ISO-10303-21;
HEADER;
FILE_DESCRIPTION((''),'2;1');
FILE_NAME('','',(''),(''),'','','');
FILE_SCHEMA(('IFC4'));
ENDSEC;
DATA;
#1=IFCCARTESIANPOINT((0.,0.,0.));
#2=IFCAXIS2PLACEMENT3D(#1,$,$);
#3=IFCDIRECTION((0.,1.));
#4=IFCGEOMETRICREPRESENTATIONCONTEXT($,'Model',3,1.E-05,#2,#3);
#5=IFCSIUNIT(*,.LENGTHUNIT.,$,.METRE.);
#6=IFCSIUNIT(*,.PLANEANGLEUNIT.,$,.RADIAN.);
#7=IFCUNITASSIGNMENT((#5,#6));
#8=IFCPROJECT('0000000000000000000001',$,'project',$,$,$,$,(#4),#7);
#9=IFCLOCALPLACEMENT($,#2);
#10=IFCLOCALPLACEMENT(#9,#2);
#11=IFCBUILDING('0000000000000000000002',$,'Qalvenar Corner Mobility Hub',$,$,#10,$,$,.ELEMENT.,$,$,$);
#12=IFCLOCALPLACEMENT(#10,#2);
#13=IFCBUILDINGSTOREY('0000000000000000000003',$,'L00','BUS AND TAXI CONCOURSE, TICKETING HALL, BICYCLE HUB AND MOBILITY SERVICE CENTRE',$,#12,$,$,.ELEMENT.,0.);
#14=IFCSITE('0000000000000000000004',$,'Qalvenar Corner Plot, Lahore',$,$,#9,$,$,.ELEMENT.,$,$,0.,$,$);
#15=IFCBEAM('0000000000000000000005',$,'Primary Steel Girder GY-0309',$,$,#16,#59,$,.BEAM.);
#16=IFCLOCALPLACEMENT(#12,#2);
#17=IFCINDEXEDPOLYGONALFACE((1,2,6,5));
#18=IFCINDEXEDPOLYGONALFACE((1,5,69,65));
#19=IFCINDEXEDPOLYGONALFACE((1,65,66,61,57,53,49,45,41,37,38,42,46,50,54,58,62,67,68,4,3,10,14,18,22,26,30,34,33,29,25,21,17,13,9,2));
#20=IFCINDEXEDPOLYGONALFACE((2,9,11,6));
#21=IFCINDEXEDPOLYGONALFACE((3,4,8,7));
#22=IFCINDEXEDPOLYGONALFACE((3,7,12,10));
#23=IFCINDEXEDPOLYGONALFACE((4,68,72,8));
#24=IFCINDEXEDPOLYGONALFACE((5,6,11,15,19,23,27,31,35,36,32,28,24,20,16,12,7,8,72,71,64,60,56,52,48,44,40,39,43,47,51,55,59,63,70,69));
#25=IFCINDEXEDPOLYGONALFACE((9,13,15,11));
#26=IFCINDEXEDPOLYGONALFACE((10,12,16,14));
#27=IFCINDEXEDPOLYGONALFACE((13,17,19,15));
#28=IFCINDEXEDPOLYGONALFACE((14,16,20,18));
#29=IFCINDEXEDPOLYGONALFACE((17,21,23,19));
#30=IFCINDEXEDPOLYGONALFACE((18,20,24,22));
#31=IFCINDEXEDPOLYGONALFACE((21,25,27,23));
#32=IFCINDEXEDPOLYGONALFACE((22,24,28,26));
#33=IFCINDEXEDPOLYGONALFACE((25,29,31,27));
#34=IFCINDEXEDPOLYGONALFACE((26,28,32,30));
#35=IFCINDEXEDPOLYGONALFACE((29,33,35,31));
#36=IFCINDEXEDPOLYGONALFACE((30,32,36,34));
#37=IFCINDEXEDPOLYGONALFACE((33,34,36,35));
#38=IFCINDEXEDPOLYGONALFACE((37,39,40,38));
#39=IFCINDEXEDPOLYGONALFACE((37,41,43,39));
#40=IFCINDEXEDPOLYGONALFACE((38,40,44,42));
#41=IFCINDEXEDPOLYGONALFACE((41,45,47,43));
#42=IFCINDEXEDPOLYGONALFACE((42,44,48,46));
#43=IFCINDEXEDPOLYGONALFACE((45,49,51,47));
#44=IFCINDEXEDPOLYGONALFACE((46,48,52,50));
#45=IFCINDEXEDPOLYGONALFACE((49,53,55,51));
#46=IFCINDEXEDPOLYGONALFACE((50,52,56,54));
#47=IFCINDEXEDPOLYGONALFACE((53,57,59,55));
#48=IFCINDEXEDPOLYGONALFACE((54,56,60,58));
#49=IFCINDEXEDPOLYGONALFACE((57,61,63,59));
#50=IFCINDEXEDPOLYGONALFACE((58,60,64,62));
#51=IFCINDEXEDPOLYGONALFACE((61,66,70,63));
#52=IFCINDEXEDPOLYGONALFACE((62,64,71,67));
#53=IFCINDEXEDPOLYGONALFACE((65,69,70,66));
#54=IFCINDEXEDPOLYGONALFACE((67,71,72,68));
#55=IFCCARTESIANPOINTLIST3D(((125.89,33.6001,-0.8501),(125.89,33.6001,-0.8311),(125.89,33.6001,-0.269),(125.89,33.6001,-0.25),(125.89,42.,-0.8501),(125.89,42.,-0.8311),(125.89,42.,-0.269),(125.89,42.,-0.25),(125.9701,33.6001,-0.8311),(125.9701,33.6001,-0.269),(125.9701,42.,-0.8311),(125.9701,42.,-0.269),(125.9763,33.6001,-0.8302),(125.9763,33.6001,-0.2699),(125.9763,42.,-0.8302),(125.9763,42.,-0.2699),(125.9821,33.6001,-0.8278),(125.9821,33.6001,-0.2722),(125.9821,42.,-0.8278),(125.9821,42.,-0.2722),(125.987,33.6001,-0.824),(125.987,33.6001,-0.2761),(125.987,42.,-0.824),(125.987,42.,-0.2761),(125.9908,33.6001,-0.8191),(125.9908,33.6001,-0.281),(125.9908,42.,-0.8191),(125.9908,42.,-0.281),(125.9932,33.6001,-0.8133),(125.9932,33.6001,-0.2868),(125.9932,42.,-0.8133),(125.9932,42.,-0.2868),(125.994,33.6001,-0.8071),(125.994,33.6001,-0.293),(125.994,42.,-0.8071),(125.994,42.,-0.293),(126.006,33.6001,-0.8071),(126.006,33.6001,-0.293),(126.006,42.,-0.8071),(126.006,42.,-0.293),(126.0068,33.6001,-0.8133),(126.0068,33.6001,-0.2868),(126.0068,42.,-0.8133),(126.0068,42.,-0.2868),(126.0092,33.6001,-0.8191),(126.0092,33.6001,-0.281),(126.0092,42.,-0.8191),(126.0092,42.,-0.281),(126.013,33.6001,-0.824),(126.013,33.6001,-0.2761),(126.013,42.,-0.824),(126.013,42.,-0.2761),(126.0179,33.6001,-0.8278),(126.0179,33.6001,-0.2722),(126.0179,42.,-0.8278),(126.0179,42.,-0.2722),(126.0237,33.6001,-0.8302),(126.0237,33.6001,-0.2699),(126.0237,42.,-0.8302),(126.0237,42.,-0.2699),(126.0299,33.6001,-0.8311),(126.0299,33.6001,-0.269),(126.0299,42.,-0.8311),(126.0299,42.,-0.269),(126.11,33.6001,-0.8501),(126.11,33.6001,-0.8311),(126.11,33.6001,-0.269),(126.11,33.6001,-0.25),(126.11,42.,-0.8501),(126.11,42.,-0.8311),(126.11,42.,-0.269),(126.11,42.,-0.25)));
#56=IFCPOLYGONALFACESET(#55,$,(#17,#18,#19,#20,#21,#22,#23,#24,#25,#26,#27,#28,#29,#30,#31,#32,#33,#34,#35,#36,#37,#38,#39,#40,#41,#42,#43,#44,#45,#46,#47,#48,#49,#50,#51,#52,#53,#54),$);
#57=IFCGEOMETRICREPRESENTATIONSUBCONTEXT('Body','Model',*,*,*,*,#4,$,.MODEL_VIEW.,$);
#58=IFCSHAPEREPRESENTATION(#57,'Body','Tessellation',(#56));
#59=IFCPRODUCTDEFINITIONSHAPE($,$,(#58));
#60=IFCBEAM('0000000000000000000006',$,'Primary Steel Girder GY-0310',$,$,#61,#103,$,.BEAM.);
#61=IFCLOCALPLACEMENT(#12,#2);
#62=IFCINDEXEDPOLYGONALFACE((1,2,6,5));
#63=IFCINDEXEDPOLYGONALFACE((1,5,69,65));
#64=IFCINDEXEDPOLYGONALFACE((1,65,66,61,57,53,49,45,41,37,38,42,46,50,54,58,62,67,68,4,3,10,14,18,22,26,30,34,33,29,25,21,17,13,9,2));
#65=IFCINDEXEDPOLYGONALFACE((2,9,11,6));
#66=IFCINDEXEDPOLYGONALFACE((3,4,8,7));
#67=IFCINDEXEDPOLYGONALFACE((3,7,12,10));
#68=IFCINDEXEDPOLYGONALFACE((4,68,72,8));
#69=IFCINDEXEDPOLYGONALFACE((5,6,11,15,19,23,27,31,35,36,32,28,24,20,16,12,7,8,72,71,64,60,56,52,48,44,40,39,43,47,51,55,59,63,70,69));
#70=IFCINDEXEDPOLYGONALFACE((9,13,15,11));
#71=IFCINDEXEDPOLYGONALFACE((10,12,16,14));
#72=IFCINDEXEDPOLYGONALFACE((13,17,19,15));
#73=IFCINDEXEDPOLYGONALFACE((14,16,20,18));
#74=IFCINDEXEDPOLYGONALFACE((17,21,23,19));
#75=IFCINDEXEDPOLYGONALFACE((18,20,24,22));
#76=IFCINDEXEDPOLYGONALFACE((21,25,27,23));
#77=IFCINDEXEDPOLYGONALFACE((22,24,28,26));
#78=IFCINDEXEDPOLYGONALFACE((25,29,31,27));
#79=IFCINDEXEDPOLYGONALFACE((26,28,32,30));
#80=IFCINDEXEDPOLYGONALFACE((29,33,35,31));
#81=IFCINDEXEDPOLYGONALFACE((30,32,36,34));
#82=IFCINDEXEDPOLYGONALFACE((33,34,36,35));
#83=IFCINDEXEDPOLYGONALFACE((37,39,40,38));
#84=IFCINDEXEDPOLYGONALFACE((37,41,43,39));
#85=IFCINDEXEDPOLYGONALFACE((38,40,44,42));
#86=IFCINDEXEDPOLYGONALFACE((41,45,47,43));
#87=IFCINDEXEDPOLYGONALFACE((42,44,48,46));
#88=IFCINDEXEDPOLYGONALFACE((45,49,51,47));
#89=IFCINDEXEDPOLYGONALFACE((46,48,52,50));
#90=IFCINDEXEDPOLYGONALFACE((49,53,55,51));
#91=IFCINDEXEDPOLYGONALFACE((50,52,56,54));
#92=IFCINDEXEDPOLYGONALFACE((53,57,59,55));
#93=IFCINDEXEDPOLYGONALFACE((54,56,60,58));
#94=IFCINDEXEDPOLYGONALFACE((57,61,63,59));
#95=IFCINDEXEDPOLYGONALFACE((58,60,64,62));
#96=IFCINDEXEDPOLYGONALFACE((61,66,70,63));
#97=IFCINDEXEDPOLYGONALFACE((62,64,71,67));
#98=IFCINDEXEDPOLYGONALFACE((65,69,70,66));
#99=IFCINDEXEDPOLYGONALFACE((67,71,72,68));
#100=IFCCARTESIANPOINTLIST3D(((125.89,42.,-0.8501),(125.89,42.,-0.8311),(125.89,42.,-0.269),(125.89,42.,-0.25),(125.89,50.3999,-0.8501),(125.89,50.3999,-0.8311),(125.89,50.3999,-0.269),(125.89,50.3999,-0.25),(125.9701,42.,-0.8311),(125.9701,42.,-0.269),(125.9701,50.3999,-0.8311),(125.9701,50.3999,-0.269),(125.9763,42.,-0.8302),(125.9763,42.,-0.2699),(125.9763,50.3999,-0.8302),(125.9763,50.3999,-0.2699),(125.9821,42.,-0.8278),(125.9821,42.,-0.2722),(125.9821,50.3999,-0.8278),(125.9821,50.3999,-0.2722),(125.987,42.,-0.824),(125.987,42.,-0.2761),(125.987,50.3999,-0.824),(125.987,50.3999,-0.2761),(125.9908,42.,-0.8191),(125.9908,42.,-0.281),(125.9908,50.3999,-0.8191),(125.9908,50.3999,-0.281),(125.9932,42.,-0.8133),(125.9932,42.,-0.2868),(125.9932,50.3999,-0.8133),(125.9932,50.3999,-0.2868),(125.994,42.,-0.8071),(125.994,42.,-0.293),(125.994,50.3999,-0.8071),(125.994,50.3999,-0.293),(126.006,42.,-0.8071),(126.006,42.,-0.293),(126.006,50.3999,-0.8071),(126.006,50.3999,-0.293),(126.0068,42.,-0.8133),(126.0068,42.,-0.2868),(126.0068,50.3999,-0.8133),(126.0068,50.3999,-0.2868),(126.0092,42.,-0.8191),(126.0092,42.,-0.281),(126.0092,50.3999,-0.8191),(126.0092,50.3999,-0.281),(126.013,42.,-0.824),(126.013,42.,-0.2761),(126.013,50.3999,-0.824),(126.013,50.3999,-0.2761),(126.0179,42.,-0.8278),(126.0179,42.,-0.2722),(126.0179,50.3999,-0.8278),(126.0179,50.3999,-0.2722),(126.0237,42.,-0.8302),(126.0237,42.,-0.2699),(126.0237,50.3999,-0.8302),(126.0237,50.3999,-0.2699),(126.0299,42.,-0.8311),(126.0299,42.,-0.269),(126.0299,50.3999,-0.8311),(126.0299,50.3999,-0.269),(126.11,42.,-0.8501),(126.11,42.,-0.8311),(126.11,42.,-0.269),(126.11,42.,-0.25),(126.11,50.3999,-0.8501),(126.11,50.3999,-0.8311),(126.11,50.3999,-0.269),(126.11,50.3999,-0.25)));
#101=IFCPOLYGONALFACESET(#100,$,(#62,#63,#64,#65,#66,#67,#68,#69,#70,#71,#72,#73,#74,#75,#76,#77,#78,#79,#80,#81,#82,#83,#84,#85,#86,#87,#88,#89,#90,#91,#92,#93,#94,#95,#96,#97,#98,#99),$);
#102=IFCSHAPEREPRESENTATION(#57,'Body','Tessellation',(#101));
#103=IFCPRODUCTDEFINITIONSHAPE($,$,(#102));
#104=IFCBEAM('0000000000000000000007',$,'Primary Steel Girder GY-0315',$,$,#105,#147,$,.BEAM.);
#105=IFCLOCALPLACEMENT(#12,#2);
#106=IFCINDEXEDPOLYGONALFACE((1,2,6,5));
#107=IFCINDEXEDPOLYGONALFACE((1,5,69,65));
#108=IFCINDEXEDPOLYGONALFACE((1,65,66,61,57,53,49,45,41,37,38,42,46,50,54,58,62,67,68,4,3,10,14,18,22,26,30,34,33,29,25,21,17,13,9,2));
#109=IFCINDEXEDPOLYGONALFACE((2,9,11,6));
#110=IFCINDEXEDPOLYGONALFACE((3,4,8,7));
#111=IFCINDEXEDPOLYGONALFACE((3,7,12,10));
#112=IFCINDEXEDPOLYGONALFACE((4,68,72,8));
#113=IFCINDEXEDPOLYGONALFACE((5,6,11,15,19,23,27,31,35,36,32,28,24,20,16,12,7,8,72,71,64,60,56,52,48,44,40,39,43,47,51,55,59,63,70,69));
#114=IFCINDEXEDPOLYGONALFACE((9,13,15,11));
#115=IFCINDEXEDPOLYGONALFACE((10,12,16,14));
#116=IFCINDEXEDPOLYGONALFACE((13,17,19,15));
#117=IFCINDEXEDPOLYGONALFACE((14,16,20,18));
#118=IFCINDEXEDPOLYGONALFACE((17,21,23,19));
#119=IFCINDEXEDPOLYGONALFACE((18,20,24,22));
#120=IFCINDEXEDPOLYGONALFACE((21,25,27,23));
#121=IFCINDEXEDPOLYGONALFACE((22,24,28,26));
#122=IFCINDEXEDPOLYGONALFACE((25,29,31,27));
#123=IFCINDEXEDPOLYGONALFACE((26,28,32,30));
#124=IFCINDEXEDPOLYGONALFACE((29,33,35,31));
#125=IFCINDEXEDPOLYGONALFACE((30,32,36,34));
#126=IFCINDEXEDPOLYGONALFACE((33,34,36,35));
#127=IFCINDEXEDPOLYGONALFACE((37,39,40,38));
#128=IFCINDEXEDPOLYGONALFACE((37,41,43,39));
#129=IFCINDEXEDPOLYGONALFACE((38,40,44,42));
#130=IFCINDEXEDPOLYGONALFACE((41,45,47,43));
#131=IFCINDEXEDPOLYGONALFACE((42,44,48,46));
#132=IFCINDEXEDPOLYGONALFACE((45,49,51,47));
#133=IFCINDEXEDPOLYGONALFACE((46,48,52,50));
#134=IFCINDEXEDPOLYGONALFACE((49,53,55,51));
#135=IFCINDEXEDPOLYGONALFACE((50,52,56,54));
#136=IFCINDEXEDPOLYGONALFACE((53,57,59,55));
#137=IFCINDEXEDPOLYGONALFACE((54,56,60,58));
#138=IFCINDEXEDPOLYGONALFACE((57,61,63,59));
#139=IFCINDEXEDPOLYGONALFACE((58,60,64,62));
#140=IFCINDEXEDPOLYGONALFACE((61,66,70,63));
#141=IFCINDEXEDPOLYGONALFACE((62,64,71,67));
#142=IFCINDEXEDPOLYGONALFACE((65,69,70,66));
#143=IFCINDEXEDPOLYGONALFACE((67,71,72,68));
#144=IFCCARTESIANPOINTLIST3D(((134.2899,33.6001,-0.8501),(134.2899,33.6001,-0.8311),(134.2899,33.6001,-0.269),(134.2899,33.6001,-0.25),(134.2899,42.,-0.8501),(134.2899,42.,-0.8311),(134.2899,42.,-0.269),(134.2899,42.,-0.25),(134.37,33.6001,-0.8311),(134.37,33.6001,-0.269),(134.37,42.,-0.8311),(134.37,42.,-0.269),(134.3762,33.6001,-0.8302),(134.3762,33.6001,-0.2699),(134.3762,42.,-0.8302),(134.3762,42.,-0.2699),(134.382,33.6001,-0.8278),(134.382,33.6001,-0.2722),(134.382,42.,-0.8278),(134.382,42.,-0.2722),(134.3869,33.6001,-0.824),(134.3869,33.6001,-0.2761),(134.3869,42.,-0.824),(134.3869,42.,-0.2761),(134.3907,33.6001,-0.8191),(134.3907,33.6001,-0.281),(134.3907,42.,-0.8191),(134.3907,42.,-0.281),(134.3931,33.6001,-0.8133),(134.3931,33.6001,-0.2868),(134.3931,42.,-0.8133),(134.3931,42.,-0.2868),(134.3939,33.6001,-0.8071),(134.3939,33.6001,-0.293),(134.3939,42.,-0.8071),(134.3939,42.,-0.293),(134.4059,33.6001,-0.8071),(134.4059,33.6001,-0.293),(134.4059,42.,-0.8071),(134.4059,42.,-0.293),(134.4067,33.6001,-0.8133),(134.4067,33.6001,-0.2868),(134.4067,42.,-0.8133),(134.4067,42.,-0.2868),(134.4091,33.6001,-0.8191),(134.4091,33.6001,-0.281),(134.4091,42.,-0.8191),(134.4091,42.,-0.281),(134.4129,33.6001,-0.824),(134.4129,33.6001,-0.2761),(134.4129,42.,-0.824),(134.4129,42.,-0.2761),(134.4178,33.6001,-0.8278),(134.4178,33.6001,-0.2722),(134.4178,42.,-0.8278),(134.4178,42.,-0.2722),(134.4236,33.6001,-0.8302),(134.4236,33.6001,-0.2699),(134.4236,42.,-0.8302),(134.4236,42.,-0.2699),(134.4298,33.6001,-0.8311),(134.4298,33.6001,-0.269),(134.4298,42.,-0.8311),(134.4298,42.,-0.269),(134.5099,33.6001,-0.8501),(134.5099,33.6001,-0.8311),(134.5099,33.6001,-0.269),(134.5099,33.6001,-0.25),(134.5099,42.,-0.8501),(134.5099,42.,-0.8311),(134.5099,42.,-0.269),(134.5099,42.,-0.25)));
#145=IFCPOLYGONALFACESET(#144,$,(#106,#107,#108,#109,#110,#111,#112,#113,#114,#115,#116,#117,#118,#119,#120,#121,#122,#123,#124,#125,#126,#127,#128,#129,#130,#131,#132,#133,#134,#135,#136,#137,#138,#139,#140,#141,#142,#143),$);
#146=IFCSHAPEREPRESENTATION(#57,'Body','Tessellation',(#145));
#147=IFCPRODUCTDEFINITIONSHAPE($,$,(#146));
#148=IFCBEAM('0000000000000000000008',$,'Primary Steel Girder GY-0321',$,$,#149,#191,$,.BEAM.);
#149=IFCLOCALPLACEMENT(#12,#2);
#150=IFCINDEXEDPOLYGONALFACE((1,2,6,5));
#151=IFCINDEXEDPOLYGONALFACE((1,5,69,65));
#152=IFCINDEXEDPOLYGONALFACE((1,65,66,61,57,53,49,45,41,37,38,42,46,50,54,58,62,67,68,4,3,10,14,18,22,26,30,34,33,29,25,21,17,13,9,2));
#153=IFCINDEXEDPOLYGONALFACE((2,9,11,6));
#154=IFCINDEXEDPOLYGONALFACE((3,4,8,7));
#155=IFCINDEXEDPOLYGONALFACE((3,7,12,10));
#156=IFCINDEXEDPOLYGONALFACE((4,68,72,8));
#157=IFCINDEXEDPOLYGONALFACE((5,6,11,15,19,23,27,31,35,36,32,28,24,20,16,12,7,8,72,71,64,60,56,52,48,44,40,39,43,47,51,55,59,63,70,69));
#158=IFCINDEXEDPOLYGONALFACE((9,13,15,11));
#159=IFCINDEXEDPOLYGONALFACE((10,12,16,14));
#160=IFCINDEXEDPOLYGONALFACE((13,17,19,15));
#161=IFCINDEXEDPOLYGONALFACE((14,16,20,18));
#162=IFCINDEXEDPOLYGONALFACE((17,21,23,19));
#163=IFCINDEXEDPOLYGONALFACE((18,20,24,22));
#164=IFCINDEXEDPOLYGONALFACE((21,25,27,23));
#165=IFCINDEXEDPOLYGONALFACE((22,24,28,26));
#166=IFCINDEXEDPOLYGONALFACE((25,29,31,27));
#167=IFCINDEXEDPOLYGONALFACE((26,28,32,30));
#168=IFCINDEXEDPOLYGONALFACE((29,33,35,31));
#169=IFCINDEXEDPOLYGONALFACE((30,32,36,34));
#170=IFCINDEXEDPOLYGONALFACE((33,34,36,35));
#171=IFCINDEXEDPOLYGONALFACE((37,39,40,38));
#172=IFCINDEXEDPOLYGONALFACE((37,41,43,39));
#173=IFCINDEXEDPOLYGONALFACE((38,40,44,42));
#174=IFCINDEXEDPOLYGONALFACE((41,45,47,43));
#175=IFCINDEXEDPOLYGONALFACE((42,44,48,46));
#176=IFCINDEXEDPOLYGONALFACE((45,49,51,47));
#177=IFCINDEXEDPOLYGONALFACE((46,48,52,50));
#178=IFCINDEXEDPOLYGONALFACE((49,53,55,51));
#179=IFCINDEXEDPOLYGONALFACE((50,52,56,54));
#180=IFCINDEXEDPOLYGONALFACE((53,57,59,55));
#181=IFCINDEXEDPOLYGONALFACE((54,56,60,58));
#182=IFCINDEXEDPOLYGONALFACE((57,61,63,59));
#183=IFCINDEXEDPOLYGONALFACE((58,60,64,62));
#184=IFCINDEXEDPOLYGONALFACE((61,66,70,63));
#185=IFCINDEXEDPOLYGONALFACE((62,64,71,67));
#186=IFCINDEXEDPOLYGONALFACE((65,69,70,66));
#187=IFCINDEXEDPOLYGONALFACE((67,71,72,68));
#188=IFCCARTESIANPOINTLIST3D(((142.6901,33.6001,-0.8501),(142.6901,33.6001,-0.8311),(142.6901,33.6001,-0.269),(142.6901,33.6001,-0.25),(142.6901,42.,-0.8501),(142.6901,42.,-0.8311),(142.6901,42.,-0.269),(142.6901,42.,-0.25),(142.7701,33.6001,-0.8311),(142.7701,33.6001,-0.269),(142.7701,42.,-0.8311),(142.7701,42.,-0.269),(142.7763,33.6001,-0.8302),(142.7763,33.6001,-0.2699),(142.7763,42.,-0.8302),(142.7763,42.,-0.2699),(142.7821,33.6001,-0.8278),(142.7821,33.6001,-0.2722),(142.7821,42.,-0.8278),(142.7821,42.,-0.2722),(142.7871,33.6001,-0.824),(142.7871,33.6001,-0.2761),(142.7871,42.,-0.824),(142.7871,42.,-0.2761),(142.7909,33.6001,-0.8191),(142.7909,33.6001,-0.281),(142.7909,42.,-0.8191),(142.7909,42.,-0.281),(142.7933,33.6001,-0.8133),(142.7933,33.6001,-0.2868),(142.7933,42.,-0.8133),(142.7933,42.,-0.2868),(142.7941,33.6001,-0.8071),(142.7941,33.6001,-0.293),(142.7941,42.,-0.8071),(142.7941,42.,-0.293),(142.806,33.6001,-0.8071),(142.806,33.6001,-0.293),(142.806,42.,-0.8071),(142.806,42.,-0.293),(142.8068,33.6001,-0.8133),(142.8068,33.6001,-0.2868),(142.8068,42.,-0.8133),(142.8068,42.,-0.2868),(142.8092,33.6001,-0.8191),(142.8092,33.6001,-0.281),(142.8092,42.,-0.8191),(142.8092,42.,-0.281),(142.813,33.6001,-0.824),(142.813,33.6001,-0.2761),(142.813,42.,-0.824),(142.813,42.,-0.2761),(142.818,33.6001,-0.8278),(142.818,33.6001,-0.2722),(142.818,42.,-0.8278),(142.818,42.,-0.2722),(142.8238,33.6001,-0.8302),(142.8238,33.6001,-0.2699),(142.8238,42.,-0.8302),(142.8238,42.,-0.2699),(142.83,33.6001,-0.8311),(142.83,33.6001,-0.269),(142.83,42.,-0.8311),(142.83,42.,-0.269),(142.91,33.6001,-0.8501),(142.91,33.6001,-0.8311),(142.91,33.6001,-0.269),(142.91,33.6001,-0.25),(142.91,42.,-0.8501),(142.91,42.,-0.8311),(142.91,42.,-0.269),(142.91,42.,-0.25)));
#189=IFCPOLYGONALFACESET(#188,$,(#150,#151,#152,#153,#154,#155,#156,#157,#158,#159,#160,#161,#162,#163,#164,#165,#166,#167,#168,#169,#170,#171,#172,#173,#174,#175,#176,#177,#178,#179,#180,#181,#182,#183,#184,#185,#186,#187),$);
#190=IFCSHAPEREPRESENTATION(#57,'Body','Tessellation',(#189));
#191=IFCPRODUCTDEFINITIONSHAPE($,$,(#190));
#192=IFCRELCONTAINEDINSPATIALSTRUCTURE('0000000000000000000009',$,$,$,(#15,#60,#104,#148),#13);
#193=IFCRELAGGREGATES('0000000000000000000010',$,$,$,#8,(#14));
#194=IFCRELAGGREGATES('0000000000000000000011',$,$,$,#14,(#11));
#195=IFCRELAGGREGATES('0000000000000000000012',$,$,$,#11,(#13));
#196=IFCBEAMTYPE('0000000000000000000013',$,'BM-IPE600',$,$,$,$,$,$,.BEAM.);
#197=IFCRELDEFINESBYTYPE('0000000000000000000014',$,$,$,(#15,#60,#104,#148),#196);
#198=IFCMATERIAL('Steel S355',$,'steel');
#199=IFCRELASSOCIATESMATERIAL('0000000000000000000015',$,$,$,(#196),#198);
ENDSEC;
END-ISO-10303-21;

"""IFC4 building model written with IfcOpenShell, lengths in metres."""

from ifc_helpers import new_model, si_unit, direction, frame, origin, origin_2d, place, context, subcontext, project, spatial, i_section, extrude, material, material_profile, profile_set, type_object, element, save


model = new_model("IFC4")

# Units and contexts
model_context = context("Model", 3, precision=1e-05, world=origin(), true_north=direction((0.0, 1.0)))
body_context = subcontext(model_context, "Body", "Model", "MODEL_VIEW")
ifc_project = project(units=[si_unit("LENGTHUNIT", "METRE"), si_unit("PLANEANGLEUNIT", "RADIAN")], contexts=[model_context])

# Site, building, storey
site_placement = place(None, origin())
site = spatial("IfcSite", under=ifc_project, at=site_placement, Name="Qalvenar Corner Plot, Lahore", CompositionType="ELEMENT", RefElevation=0.0)
building_placement = place(site_placement, origin())
building = spatial("IfcBuilding", under=site, at=building_placement, Name="Qalvenar Corner Mobility Hub", CompositionType="ELEMENT")
storey_placement = place(building_placement, origin())
storey = spatial("IfcBuildingStorey", under=building, at=storey_placement, Name="L00", Description="BUS AND TAXI CONCOURSE, TICKETING HALL, BICYCLE HUB AND MOBILITY SERVICE CENTRE", CompositionType="ELEMENT", Elevation=0.0)

# Shared definitions
ifc_material_1 = material(Name="Steel S355", Category="steel")

# Beams
ifc_material_profile_1 = material_profile(ifc_material_1, i_section(OverallWidth=0.22, OverallDepth=0.6001, WebThickness=0.012, FlangeThickness=0.019, FilletRadius=0.0239, at=origin_2d()), Name="IPE600")
ifc_profile_set_1 = profile_set([ifc_material_profile_1], Name="Steel S355")
beam_type_1 = type_object("IfcBeamType", Name="BM-IPE600", PredefinedType="BEAM", material=ifc_profile_set_1)
for number, where, z_axis, x_axis, name in (
    (1, (126.0, 33.6001, -0.55), (0.0, 1.0, 0.0), (-1.0, 0.0, 0.0), "Primary Steel Girder GY-0309"),
    (2, (126.0, 42.0, -0.55), (0.0, 1.0, 0.0), (-1.0, 0.0, 0.0), "Primary Steel Girder GY-0310"),
    (3, (134.3999, 33.6001, -0.55), (0.0, 1.0, 0.0), (-1.0, 0.0, 0.0), "Primary Steel Girder GY-0315"),
    (4, (142.8, 33.6001, -0.55), (0.0, 1.0, 0.0), (-1.0, 0.0, 0.0), "Primary Steel Girder GY-0321"),
):
    element("IfcBeam", number, at=place(storey_placement, frame(where, z_axis=z_axis, x_axis=x_axis)), inside=storey, type_object=beam_type_1, Name=name, PredefinedType="BEAM", context=body_context, shape_type="SweptSolid", body=[
        extrude(i_section(OverallWidth=0.22, OverallDepth=0.6001, WebThickness=0.012, FlangeThickness=0.019, FilletRadius=0.0239, at=origin_2d()), origin(), (0.0, 0.0, 1.0), 8.3999),
    ])

save(model, "model.ifc")
